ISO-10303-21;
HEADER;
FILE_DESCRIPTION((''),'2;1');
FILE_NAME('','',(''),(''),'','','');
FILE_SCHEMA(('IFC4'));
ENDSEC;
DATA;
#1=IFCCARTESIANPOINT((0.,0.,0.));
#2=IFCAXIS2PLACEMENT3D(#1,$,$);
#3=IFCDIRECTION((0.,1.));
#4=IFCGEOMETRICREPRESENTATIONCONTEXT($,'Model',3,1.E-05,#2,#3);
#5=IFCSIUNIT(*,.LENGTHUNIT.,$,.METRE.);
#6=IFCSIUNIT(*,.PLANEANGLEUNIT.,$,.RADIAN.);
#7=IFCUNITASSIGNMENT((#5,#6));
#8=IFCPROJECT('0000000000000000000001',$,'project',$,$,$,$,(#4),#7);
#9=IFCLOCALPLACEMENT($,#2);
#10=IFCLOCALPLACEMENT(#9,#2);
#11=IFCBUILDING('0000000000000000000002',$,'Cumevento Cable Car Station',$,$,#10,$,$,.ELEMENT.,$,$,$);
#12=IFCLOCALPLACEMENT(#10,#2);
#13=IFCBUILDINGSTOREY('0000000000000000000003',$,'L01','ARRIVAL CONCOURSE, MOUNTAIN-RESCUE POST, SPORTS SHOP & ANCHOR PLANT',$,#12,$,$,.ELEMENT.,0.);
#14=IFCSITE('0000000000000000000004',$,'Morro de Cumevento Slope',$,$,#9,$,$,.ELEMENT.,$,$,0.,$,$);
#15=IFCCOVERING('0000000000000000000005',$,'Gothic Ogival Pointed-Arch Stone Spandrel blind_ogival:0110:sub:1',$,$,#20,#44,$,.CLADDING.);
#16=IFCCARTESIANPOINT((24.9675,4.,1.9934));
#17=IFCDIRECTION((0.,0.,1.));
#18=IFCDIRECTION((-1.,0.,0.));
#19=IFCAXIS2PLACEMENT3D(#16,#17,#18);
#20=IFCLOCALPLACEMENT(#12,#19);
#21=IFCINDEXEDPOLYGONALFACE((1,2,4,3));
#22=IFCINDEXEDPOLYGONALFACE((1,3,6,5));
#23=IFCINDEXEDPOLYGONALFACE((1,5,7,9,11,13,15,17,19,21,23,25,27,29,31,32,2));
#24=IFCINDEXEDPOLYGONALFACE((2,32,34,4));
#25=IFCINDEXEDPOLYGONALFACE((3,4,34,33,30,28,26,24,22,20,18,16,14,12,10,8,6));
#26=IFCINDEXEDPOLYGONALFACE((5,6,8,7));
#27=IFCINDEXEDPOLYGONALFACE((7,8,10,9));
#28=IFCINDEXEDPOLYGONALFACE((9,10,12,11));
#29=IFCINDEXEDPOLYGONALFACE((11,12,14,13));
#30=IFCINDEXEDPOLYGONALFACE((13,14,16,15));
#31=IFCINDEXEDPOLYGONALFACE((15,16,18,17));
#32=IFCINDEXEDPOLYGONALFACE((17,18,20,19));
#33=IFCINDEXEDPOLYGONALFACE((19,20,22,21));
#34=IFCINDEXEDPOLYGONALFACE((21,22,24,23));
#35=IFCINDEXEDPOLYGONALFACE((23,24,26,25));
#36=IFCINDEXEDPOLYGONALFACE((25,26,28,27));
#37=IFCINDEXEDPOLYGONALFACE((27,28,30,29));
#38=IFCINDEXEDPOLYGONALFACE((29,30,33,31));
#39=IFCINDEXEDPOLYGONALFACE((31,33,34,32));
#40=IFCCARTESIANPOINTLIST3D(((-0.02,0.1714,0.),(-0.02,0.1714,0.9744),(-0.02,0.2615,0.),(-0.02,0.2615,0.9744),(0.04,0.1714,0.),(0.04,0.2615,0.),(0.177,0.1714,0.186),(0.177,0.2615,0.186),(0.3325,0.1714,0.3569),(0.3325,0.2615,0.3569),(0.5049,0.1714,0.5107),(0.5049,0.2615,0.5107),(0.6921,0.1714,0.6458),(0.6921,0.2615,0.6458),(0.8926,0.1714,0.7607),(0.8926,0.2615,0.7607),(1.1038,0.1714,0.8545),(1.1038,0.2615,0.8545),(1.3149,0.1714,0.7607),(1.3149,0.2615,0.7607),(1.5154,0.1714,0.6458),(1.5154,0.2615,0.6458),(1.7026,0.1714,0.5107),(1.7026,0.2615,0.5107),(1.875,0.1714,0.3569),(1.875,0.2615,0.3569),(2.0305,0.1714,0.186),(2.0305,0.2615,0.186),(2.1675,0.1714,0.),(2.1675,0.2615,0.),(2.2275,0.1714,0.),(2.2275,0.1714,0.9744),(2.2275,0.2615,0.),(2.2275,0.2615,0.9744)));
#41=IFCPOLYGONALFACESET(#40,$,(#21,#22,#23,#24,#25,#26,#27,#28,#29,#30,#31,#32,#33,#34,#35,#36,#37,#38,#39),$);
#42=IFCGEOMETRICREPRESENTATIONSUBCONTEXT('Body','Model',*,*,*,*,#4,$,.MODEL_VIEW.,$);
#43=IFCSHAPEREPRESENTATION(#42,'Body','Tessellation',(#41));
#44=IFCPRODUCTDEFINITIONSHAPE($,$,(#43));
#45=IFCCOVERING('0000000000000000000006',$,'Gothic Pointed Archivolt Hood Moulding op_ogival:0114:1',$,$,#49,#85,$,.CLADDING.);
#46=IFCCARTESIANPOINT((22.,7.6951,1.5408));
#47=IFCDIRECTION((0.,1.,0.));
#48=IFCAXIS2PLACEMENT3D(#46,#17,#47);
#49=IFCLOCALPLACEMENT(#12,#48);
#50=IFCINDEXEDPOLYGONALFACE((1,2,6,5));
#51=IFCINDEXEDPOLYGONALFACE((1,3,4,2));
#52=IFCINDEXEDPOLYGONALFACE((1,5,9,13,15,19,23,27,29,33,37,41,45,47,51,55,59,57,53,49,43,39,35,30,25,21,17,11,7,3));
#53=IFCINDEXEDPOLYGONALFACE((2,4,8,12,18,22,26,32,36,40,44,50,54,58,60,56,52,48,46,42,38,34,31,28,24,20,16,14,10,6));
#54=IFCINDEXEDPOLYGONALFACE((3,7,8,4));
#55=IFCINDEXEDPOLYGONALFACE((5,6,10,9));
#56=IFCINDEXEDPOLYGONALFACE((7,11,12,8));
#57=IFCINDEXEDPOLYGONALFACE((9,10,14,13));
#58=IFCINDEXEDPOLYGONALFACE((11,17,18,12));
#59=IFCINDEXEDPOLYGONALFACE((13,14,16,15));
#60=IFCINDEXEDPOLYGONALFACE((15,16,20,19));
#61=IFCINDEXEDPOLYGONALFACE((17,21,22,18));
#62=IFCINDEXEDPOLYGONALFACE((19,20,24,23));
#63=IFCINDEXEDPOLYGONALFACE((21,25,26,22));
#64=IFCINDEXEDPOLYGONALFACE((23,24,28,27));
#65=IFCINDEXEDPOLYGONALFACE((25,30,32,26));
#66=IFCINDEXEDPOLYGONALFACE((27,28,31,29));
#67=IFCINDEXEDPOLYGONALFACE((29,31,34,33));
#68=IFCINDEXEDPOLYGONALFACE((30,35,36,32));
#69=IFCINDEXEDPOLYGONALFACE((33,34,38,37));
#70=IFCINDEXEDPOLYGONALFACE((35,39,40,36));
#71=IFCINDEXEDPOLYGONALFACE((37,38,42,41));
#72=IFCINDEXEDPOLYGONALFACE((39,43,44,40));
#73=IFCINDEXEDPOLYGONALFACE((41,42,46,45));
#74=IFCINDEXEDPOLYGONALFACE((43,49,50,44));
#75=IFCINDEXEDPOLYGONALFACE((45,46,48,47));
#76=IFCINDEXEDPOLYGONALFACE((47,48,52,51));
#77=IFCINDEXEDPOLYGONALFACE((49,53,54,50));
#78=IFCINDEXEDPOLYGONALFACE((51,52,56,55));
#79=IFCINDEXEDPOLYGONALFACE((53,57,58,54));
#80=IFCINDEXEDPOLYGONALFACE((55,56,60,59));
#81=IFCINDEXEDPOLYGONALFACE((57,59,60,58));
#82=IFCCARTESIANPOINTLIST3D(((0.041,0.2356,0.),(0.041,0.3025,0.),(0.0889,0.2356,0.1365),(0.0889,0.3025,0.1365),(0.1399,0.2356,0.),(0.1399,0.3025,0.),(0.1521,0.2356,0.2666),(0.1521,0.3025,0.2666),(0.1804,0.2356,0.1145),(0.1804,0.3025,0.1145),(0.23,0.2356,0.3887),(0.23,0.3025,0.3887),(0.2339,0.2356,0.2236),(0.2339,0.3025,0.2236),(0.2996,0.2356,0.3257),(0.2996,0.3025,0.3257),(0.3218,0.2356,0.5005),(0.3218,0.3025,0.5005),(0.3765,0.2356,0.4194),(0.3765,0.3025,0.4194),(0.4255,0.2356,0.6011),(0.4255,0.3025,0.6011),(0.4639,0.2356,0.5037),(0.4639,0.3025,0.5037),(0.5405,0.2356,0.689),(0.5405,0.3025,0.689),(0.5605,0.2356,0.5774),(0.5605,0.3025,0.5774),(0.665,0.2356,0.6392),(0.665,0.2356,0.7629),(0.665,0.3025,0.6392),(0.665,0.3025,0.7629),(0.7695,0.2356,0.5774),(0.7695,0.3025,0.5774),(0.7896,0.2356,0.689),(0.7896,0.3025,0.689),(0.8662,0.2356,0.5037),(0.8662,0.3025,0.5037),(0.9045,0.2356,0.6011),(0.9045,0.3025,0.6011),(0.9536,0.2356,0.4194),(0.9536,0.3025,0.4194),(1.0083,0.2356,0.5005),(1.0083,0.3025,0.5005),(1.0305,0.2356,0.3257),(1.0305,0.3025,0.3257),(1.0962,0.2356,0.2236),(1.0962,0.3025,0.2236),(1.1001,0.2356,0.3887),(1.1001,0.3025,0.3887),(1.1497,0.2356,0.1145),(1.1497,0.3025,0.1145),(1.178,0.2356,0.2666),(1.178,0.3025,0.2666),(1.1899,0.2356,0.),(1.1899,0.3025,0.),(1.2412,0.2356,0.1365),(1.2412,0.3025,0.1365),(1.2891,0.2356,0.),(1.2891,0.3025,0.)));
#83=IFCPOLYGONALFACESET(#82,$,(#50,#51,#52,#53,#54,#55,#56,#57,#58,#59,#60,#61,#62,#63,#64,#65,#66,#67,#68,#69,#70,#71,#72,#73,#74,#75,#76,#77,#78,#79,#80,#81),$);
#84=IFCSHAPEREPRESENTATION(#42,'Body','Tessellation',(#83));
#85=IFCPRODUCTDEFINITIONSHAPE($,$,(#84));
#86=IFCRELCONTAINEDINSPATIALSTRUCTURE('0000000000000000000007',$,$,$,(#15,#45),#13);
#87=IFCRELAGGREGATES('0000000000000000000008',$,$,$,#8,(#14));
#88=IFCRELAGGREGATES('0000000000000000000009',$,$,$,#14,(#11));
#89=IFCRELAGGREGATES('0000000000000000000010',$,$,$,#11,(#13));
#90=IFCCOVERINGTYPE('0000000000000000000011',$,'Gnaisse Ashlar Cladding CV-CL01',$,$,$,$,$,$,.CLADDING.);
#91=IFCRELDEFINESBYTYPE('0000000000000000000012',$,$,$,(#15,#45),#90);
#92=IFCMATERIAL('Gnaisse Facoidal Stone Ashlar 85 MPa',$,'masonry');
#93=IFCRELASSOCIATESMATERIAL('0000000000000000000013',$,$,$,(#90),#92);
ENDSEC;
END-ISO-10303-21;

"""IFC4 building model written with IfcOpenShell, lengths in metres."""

from ifc_helpers import new_model, si_unit, direction, frame, origin, place, context, subcontext, project, spatial, polyline, outline, extrude, material, type_object, element, save


model = new_model("IFC4")

# Units and contexts
model_context = context("Model", 3, precision=1e-05, world=origin(), true_north=direction((0.0, 1.0)))
body_context = subcontext(model_context, "Body", "Model", "MODEL_VIEW")
ifc_project = project(units=[si_unit("LENGTHUNIT", "METRE"), si_unit("PLANEANGLEUNIT", "RADIAN")], contexts=[model_context])

# Site, building, storey
site_placement = place(None, origin())
site = spatial("IfcSite", under=ifc_project, at=site_placement, Name="Morro de Cumevento Slope", CompositionType="ELEMENT", RefElevation=0.0)
building_placement = place(site_placement, origin())
building = spatial("IfcBuilding", under=site, at=building_placement, Name="Cumevento Cable Car Station", CompositionType="ELEMENT")
storey_placement = place(building_placement, origin())
storey = spatial("IfcBuildingStorey", under=building, at=storey_placement, Name="L01", Description="ARRIVAL CONCOURSE, MOUNTAIN-RESCUE POST, SPORTS SHOP & ANCHOR PLANT", CompositionType="ELEMENT", Elevation=0.0)

# Coverings
ifc_material_1 = material(Name="Gnaisse Facoidal Stone Ashlar 85 MPa", Category="masonry")
covering_type = type_object("IfcCoveringType", Name="Gnaisse Ashlar Cladding CV-CL01", PredefinedType="CLADDING", material=ifc_material_1)
covering_1_placement = place(storey_placement, frame((24.9675, 4.0, 1.9934), z_axis=(0.0, 0.0, 1.0), x_axis=(-1.0, 0.0, 0.0)))
element("IfcCovering", 1, at=covering_1_placement, inside=storey, type_object=covering_type, Name="Gothic Ogival Pointed-Arch Stone Spandrel blind_ogival:0110:sub:1", PredefinedType="CLADDING", context=body_context, shape_type="SweptSolid", body=[
    extrude(outline(polyline([(-0.02, 0.0), (-0.02, 0.9744), (2.2275, 0.9744), (2.2275, 0.0), (2.1675, 0.0), (2.0305, 0.186), (1.875, 0.3569), (1.7026, 0.5107), (1.5154, 0.6458), (1.3149, 0.7607), (1.1038, 0.8545), (0.8926, 0.7607), (0.6921, 0.6458), (0.5049, 0.5107), (0.3325, 0.3569), (0.177, 0.186), (0.04, 0.0), (-0.02, 0.0)])), frame((0.0, 0.2615, 0.0), z_axis=(0.0, -1.0, 0.0), x_axis=(1.0, 0.0, 0.0)), (0.0, 0.0, 1.0), 0.0901),
])
covering_2_placement = place(storey_placement, frame((22.0, 7.6951, 1.5408), z_axis=(0.0, 0.0, 1.0), x_axis=(0.0, 1.0, 0.0)))
element("IfcCovering", 2, at=covering_2_placement, inside=storey, type_object=covering_type, Name="Gothic Pointed Archivolt Hood Moulding op_ogival:0114:1", PredefinedType="CLADDING", context=body_context, shape_type="SweptSolid", body=[
    extrude(outline(polyline([(0.1399, 0.0), (0.1804, 0.1145), (0.2339, 0.2236), (0.2996, 0.3257), (0.3765, 0.4194), (0.4639, 0.5037), (0.5605, 0.5774), (0.665, 0.6392), (0.7695, 0.5774), (0.8662, 0.5037), (0.9536, 0.4194), (1.0305, 0.3257), (1.0962, 0.2236), (1.1497, 0.1145), (1.1899, 0.0), (1.2891, 0.0), (1.2412, 0.1365), (1.178, 0.2666), (1.1001, 0.3887), (1.0083, 0.5005), (0.9045, 0.6011), (0.7896, 0.689), (0.665, 0.7629), (0.5405, 0.689), (0.4255, 0.6011), (0.3218, 0.5005), (0.23, 0.3887), (0.1521, 0.2666), (0.0889, 0.1365), (0.041, 0.0), (0.1399, 0.0)])), frame((0.0, 0.3025, 0.0), z_axis=(0.0, -1.0, 0.0), x_axis=(1.0, 0.0, 0.0)), (0.0, 0.0, 1.0), 0.0669),
])

save(model, "model.ifc")
